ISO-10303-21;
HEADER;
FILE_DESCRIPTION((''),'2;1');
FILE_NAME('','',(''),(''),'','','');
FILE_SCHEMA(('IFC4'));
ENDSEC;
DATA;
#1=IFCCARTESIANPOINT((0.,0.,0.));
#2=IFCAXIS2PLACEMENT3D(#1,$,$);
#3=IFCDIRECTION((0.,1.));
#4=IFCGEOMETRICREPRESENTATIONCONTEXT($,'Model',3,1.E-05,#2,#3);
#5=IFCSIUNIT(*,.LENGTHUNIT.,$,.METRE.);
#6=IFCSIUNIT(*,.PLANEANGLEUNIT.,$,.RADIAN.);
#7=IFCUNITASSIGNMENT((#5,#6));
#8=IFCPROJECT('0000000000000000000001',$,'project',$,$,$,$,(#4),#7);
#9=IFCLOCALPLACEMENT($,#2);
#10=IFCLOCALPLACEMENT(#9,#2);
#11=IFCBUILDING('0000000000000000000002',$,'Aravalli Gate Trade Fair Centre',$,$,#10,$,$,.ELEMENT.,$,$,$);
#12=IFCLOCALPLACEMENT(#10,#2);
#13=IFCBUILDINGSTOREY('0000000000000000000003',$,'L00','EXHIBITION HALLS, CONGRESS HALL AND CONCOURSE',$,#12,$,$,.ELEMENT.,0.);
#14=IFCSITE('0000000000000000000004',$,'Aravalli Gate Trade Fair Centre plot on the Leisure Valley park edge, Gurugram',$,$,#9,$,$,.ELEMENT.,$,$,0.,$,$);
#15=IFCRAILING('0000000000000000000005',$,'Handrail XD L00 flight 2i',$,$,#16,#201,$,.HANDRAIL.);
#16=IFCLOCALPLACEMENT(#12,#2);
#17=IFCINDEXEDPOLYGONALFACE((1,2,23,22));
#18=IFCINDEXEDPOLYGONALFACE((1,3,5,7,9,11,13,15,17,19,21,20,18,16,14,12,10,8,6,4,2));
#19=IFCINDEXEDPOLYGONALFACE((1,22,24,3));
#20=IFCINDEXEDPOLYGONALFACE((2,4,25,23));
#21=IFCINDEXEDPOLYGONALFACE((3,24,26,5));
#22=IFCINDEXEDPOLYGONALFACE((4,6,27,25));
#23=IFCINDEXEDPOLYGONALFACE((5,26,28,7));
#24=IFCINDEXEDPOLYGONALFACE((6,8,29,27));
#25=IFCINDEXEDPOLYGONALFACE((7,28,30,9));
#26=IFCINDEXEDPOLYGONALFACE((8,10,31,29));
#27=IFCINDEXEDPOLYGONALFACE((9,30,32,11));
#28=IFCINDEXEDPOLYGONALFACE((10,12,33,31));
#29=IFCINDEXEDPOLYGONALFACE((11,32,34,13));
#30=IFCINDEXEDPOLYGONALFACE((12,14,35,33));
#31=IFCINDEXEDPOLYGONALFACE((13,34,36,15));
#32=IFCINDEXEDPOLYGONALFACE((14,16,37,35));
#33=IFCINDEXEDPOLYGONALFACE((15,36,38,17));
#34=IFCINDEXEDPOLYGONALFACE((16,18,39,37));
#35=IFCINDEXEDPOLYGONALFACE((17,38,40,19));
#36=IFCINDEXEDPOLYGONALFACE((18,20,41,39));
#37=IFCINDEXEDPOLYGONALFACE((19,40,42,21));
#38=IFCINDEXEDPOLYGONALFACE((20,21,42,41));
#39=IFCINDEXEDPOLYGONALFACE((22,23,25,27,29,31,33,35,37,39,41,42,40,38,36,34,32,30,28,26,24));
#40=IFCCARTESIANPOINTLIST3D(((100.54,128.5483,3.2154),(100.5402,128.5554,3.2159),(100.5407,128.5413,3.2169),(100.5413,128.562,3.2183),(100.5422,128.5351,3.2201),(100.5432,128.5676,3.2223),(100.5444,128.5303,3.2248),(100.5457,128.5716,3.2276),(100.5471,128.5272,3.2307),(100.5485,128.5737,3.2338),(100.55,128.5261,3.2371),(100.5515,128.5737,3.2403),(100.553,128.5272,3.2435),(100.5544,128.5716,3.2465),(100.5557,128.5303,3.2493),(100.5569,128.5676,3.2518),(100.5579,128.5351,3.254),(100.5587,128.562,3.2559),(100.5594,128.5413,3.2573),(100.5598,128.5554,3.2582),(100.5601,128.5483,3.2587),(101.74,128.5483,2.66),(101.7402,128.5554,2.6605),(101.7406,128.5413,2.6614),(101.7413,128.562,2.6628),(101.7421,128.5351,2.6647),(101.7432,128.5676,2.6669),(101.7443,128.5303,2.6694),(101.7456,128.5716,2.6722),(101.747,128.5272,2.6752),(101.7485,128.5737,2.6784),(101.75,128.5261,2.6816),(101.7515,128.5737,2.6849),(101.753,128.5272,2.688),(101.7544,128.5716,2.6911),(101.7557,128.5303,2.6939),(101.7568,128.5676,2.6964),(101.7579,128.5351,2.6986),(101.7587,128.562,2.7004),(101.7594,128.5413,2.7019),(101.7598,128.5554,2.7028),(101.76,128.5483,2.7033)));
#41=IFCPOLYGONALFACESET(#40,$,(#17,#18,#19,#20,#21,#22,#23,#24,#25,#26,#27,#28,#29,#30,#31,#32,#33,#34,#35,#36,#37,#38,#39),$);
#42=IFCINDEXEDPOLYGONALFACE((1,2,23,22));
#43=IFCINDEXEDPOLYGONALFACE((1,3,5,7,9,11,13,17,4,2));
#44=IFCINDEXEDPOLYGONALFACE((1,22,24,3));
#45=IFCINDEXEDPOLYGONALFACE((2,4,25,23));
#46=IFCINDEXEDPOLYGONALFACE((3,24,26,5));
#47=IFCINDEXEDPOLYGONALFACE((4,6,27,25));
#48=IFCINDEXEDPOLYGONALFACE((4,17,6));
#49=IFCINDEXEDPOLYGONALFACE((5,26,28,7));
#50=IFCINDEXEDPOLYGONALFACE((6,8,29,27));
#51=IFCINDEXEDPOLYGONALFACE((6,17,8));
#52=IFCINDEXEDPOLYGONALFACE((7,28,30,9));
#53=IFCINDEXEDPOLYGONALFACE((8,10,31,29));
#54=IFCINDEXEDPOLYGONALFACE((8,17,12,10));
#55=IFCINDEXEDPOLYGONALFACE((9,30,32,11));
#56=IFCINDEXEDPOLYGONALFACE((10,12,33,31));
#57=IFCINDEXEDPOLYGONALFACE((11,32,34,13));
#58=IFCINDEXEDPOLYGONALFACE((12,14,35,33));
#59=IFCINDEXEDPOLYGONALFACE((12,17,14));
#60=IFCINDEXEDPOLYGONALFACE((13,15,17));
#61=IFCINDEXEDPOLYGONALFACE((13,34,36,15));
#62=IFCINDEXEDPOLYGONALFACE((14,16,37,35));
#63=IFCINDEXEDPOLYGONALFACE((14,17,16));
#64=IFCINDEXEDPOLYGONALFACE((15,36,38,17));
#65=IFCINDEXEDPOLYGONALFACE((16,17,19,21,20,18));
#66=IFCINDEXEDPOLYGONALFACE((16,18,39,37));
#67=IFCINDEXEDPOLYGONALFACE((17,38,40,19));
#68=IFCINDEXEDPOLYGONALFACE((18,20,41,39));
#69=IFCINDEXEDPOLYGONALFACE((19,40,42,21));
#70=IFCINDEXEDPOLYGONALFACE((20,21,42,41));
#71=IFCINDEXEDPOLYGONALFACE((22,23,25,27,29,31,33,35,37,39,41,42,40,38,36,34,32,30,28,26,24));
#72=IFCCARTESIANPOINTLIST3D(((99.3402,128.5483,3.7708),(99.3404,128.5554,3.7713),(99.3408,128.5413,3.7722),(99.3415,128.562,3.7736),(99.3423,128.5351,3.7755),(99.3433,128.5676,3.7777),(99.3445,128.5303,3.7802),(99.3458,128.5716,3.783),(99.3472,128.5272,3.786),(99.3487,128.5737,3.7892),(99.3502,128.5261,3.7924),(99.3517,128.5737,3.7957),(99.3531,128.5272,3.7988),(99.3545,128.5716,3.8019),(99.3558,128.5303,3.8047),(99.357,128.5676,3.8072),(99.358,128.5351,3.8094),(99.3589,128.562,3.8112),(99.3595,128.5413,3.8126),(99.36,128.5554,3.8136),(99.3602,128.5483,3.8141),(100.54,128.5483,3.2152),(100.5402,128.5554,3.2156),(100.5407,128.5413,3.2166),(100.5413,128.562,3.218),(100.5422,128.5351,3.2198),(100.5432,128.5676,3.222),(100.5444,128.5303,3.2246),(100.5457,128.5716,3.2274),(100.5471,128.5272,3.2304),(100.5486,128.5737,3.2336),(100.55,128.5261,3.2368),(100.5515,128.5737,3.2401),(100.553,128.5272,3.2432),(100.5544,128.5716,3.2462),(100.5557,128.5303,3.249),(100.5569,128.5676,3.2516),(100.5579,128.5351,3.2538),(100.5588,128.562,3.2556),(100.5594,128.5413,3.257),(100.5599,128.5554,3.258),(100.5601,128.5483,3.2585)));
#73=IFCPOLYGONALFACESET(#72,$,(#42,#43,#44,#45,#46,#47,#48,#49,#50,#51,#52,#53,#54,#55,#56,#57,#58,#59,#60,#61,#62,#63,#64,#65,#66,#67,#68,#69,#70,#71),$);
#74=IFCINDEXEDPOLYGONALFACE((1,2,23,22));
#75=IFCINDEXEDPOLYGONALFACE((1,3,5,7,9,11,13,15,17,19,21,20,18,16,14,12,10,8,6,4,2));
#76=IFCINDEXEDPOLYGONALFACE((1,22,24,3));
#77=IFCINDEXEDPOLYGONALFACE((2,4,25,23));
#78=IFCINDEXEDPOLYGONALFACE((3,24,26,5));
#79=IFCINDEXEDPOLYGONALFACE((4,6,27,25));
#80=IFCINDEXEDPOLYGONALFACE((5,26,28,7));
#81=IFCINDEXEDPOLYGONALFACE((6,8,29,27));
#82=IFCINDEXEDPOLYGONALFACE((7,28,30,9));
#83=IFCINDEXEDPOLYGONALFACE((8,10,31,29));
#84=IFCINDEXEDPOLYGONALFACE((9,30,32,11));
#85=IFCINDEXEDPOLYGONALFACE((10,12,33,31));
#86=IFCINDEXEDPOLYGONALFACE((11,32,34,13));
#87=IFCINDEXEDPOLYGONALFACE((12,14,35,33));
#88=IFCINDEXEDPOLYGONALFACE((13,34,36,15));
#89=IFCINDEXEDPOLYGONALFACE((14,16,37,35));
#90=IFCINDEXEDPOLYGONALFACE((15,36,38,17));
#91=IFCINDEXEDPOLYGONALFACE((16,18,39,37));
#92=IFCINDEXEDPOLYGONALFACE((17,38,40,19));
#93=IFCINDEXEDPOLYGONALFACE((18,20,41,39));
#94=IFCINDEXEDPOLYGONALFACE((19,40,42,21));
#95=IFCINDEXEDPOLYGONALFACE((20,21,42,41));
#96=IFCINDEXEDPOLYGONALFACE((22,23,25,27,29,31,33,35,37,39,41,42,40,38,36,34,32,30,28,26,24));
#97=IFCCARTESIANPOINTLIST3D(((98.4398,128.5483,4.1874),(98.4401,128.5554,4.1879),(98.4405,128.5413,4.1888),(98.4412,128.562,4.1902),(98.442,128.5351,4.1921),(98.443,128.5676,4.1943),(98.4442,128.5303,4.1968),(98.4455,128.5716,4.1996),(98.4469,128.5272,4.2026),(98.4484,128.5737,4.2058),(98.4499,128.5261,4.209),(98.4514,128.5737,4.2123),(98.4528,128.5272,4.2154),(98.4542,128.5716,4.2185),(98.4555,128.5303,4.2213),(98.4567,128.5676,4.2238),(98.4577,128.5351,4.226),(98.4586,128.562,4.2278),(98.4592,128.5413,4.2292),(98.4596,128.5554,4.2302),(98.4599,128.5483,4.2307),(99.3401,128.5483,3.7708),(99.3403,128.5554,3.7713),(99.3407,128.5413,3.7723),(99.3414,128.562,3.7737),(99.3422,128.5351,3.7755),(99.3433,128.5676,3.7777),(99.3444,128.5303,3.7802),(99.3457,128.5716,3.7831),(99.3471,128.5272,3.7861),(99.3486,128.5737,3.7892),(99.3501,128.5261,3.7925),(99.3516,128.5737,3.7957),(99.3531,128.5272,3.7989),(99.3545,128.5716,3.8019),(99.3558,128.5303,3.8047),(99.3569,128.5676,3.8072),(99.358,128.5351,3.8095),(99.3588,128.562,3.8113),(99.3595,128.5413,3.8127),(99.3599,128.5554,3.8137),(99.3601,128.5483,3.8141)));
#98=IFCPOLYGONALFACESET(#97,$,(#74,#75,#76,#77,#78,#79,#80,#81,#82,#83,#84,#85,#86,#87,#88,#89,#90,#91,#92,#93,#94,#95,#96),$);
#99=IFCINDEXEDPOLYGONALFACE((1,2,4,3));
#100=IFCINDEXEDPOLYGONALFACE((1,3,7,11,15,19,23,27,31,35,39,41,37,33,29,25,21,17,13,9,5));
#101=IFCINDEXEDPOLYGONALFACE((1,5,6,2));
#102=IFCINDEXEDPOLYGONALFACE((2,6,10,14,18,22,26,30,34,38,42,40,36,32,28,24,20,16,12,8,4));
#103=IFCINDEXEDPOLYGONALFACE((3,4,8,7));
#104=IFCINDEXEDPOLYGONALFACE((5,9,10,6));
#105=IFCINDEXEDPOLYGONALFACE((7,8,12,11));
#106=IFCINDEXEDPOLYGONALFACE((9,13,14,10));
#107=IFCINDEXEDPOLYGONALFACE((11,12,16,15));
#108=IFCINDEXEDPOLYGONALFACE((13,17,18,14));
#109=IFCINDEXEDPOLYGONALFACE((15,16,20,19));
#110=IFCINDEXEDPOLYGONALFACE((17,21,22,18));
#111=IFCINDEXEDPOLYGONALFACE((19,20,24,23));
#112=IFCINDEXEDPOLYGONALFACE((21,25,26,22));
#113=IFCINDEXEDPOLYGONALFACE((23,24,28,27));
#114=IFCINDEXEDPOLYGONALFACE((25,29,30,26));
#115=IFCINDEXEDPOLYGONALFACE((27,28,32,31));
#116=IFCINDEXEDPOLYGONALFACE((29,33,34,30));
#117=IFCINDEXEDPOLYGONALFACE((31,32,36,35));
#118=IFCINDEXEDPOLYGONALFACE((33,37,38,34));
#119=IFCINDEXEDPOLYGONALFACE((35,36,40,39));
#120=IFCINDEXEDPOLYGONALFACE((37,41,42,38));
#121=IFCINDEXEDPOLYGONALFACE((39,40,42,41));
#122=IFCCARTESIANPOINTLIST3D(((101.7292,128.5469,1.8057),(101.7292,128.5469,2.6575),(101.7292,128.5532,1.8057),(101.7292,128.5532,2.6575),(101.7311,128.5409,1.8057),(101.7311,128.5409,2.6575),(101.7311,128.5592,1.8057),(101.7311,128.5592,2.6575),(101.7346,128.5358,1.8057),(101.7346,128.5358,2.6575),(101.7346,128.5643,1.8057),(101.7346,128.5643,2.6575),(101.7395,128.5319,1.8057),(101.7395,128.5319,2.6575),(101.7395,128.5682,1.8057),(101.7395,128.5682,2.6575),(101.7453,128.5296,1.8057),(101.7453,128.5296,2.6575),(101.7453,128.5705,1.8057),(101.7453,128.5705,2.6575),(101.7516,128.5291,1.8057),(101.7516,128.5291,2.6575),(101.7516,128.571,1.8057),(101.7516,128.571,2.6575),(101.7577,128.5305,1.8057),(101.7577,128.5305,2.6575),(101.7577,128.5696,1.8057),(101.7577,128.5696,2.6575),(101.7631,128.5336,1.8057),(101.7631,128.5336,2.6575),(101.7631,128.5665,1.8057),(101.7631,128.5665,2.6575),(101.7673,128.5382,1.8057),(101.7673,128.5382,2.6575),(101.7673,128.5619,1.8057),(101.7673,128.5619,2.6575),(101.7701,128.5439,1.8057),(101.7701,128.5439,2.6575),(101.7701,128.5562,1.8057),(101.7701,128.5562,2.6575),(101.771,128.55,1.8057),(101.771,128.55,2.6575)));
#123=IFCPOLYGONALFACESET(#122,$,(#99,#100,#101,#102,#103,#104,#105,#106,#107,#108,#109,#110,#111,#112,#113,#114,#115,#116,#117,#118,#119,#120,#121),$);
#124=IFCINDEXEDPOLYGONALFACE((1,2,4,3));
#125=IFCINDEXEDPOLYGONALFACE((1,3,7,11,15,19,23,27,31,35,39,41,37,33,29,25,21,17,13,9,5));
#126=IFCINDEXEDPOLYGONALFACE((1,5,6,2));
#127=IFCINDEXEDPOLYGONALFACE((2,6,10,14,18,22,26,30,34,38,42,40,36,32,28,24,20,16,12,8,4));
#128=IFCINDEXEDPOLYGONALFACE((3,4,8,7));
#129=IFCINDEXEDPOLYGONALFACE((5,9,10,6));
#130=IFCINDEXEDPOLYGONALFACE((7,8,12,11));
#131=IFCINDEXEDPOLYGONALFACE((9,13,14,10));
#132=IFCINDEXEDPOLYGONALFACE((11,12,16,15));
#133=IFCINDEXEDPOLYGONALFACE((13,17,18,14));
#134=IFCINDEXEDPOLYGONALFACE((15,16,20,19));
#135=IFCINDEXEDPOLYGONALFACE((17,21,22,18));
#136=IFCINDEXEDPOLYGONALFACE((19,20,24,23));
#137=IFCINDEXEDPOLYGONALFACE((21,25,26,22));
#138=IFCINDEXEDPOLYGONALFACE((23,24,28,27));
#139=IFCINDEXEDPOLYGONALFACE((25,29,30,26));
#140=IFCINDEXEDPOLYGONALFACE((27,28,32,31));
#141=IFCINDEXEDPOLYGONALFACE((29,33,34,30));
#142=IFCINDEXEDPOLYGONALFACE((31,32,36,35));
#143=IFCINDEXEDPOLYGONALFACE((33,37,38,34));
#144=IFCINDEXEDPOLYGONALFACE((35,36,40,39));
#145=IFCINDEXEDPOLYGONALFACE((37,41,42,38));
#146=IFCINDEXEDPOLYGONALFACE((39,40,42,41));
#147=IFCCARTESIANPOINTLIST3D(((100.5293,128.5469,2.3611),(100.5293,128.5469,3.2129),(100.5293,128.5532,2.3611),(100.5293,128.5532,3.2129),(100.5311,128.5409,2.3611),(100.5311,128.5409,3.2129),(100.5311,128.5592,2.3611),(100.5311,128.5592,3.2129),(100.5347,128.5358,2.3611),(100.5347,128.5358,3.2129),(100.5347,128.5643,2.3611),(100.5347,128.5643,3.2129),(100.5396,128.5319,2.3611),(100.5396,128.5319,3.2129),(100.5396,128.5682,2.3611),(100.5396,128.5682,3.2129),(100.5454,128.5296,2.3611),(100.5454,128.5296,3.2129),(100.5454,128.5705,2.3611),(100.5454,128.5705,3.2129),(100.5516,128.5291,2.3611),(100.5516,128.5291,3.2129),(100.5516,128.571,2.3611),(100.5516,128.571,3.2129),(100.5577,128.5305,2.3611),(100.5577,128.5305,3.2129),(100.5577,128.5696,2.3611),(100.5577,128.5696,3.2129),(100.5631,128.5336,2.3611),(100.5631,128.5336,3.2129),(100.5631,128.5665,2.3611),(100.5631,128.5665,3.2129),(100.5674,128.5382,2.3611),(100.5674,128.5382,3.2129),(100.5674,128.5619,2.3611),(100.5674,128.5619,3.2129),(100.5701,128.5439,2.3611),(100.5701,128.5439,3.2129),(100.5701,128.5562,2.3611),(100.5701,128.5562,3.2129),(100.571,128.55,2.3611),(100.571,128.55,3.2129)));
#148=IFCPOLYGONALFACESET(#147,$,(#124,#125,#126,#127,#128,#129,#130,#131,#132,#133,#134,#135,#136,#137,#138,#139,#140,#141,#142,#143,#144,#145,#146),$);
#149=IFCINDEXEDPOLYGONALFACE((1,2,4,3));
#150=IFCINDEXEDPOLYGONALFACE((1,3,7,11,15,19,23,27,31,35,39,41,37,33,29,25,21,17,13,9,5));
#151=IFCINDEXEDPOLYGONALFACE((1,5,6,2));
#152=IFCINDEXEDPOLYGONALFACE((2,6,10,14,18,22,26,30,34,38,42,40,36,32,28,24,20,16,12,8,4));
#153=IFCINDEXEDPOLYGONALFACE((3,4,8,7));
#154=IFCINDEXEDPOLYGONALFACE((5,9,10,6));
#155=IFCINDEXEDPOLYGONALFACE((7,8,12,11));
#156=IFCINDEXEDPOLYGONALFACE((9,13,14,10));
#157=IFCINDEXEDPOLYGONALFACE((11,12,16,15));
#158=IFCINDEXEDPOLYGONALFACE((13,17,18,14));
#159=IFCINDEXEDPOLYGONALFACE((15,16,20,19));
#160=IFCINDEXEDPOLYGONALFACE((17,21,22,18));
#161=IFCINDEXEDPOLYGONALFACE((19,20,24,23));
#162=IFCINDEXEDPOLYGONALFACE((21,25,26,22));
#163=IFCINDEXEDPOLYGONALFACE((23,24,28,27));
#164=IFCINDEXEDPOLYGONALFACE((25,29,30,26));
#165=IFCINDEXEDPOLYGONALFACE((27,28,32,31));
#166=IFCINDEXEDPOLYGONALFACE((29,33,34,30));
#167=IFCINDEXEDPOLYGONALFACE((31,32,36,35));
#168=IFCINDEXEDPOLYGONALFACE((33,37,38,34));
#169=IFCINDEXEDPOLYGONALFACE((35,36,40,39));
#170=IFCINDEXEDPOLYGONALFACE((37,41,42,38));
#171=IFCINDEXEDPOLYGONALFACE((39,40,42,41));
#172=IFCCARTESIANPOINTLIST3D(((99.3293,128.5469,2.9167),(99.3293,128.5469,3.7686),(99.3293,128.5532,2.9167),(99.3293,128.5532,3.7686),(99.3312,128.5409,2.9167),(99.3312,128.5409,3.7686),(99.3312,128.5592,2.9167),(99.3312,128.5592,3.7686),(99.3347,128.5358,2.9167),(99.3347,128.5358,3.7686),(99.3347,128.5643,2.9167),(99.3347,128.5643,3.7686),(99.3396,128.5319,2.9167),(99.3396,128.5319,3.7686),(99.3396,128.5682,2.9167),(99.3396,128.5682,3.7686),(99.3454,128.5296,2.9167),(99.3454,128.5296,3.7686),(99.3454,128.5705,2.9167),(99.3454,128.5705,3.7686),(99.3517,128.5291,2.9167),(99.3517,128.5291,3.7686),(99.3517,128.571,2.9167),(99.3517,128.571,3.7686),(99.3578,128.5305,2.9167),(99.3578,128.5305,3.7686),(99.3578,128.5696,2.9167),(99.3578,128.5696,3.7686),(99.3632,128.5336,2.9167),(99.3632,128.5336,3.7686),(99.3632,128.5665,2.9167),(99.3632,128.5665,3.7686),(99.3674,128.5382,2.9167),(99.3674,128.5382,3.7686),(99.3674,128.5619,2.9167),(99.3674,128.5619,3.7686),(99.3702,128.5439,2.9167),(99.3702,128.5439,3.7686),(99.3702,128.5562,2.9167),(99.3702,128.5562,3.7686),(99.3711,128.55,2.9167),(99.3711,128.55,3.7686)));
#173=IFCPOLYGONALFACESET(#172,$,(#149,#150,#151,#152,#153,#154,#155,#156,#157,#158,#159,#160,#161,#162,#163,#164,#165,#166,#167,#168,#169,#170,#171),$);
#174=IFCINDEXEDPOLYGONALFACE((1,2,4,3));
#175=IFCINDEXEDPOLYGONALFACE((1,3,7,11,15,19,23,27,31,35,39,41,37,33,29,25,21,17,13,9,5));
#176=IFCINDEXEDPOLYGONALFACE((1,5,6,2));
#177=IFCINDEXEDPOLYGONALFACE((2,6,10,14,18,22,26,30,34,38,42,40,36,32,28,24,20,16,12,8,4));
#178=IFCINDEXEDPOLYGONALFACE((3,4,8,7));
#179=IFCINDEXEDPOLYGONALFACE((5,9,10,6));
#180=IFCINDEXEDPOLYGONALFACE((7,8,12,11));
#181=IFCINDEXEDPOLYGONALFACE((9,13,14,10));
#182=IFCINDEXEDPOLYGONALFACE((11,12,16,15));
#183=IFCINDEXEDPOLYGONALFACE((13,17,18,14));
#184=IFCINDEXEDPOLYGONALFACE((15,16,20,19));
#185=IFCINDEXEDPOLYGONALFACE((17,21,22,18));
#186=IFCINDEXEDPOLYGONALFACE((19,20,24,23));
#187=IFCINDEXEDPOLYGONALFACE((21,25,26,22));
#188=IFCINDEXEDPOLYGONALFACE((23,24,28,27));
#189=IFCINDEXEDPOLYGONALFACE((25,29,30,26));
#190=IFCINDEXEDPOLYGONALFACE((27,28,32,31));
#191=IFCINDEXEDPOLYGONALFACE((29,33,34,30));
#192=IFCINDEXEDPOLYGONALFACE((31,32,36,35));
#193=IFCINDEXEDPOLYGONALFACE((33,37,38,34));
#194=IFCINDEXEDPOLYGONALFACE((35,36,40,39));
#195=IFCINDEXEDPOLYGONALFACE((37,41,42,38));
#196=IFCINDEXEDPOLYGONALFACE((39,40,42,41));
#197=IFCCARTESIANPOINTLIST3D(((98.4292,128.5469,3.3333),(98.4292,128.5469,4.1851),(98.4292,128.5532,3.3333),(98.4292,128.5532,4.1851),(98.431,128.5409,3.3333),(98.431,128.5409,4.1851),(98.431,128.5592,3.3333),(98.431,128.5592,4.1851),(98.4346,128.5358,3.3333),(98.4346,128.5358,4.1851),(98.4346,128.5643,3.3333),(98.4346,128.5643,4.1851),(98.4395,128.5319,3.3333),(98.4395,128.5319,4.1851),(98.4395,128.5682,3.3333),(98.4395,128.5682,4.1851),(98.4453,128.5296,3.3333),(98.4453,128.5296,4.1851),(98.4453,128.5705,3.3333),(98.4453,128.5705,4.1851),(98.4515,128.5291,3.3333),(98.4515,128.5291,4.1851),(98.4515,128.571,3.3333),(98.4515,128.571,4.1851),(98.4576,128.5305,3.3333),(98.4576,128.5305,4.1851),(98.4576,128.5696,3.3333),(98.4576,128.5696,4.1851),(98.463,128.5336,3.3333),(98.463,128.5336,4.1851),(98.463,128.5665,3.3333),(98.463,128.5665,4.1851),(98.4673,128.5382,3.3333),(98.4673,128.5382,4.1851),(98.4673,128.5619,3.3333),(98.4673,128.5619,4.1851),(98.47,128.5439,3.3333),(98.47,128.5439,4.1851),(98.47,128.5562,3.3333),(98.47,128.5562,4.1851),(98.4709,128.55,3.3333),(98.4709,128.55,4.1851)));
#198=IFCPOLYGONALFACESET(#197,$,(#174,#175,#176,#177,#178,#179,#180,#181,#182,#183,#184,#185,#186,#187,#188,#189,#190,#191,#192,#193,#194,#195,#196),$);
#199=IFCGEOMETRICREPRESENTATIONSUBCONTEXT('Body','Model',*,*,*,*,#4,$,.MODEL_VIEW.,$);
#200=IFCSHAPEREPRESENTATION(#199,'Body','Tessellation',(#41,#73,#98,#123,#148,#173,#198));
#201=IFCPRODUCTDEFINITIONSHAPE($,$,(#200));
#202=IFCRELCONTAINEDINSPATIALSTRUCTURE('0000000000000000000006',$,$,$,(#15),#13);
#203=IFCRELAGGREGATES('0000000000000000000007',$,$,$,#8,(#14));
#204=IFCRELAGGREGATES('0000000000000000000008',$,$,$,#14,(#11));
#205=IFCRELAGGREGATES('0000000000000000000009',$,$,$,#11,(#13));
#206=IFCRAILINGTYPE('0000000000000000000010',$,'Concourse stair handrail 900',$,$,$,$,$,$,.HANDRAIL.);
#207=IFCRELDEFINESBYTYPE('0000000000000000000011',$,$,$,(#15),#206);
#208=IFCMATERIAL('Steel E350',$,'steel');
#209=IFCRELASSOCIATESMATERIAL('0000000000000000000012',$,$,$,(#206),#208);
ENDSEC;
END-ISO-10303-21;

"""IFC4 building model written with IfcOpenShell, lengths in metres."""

from ifc_helpers import new_model, si_unit, direction, frame, origin, origin_2d, place, context, subcontext, project, spatial, circle, extrude, material, type_object, element, save


model = new_model("IFC4")

# Units and contexts
model_context = context("Model", 3, precision=1e-05, world=origin(), true_north=direction((0.0, 1.0)))
body_context = subcontext(model_context, "Body", "Model", "MODEL_VIEW")
ifc_project = project(units=[si_unit("LENGTHUNIT", "METRE"), si_unit("PLANEANGLEUNIT", "RADIAN")], contexts=[model_context])

# Site, building, storey
site_placement = place(None, origin())
site = spatial("IfcSite", under=ifc_project, at=site_placement, Name="Aravalli Gate Trade Fair Centre plot on the Leisure Valley park edge, Gurugram", CompositionType="ELEMENT", RefElevation=0.0)
building_placement = place(site_placement, origin())
building = spatial("IfcBuilding", under=site, at=building_placement, Name="Aravalli Gate Trade Fair Centre", CompositionType="ELEMENT")
storey_placement = place(building_placement, origin())
storey = spatial("IfcBuildingStorey", under=building, at=storey_placement, Name="L00", Description="EXHIBITION HALLS, CONGRESS HALL AND CONCOURSE", CompositionType="ELEMENT", Elevation=0.0)

# Shared definitions
ifc_material_1 = material(Name="Steel E350", Category="steel")

# Railing
railing_type = type_object("IfcRailingType", Name="Concourse stair handrail 900", PredefinedType="HANDRAIL", material=ifc_material_1)
for number, where, name in (
    (1, (101.75, 128.55, 1.8057), "Handrail XD L00 flight 2i"),
):
    element("IfcRailing", number, at=place(storey_placement, frame(where)), inside=storey, type_object=railing_type, Name=name, PredefinedType="HANDRAIL", context=body_context, shape_type="SweptSolid", body=[
        extrude(circle(Radius=0.0239, at=origin_2d()), frame((0.0, 0.0, 0.876), z_axis=(-0.907499, 0.0, 0.420053), x_axis=(0.0, -1.0, 0.0)), (0.0, 0.0, 1.0), 1.3223),
        extrude(circle(Radius=0.0239, at=origin_2d()), frame((-1.2, 0.0, 1.4312), z_axis=(-0.907429, 0.0, 0.420205), x_axis=(0.0, -1.0, 0.0)), (0.0, 0.0, 1.0), 1.3223),
        extrude(circle(Radius=0.0239, at=origin_2d()), frame((-2.3999, 0.0, 1.9868), z_axis=(-0.907556, 0.0, 0.419932), x_axis=(0.0, -1.0, 0.0)), (0.0, 0.0, 1.0), 0.9919),
        extrude(circle(Radius=0.021, at=origin_2d()), origin(), (0.0, 0.0, 1.0), 0.8518),
        extrude(circle(Radius=0.021, at=origin_2d()), frame((-1.2, 0.0, 0.5554)), (0.0, 0.0, 1.0), 0.8518),
        extrude(circle(Radius=0.021, at=origin_2d()), frame((-2.3999, 0.0, 1.1111)), (0.0, 0.0, 1.0), 0.8518),
        extrude(circle(Radius=0.021, at=origin_2d()), frame((-3.3, 0.0, 1.5276)), (0.0, 0.0, 1.0), 0.8518),
    ])

save(model, "model.ifc")
